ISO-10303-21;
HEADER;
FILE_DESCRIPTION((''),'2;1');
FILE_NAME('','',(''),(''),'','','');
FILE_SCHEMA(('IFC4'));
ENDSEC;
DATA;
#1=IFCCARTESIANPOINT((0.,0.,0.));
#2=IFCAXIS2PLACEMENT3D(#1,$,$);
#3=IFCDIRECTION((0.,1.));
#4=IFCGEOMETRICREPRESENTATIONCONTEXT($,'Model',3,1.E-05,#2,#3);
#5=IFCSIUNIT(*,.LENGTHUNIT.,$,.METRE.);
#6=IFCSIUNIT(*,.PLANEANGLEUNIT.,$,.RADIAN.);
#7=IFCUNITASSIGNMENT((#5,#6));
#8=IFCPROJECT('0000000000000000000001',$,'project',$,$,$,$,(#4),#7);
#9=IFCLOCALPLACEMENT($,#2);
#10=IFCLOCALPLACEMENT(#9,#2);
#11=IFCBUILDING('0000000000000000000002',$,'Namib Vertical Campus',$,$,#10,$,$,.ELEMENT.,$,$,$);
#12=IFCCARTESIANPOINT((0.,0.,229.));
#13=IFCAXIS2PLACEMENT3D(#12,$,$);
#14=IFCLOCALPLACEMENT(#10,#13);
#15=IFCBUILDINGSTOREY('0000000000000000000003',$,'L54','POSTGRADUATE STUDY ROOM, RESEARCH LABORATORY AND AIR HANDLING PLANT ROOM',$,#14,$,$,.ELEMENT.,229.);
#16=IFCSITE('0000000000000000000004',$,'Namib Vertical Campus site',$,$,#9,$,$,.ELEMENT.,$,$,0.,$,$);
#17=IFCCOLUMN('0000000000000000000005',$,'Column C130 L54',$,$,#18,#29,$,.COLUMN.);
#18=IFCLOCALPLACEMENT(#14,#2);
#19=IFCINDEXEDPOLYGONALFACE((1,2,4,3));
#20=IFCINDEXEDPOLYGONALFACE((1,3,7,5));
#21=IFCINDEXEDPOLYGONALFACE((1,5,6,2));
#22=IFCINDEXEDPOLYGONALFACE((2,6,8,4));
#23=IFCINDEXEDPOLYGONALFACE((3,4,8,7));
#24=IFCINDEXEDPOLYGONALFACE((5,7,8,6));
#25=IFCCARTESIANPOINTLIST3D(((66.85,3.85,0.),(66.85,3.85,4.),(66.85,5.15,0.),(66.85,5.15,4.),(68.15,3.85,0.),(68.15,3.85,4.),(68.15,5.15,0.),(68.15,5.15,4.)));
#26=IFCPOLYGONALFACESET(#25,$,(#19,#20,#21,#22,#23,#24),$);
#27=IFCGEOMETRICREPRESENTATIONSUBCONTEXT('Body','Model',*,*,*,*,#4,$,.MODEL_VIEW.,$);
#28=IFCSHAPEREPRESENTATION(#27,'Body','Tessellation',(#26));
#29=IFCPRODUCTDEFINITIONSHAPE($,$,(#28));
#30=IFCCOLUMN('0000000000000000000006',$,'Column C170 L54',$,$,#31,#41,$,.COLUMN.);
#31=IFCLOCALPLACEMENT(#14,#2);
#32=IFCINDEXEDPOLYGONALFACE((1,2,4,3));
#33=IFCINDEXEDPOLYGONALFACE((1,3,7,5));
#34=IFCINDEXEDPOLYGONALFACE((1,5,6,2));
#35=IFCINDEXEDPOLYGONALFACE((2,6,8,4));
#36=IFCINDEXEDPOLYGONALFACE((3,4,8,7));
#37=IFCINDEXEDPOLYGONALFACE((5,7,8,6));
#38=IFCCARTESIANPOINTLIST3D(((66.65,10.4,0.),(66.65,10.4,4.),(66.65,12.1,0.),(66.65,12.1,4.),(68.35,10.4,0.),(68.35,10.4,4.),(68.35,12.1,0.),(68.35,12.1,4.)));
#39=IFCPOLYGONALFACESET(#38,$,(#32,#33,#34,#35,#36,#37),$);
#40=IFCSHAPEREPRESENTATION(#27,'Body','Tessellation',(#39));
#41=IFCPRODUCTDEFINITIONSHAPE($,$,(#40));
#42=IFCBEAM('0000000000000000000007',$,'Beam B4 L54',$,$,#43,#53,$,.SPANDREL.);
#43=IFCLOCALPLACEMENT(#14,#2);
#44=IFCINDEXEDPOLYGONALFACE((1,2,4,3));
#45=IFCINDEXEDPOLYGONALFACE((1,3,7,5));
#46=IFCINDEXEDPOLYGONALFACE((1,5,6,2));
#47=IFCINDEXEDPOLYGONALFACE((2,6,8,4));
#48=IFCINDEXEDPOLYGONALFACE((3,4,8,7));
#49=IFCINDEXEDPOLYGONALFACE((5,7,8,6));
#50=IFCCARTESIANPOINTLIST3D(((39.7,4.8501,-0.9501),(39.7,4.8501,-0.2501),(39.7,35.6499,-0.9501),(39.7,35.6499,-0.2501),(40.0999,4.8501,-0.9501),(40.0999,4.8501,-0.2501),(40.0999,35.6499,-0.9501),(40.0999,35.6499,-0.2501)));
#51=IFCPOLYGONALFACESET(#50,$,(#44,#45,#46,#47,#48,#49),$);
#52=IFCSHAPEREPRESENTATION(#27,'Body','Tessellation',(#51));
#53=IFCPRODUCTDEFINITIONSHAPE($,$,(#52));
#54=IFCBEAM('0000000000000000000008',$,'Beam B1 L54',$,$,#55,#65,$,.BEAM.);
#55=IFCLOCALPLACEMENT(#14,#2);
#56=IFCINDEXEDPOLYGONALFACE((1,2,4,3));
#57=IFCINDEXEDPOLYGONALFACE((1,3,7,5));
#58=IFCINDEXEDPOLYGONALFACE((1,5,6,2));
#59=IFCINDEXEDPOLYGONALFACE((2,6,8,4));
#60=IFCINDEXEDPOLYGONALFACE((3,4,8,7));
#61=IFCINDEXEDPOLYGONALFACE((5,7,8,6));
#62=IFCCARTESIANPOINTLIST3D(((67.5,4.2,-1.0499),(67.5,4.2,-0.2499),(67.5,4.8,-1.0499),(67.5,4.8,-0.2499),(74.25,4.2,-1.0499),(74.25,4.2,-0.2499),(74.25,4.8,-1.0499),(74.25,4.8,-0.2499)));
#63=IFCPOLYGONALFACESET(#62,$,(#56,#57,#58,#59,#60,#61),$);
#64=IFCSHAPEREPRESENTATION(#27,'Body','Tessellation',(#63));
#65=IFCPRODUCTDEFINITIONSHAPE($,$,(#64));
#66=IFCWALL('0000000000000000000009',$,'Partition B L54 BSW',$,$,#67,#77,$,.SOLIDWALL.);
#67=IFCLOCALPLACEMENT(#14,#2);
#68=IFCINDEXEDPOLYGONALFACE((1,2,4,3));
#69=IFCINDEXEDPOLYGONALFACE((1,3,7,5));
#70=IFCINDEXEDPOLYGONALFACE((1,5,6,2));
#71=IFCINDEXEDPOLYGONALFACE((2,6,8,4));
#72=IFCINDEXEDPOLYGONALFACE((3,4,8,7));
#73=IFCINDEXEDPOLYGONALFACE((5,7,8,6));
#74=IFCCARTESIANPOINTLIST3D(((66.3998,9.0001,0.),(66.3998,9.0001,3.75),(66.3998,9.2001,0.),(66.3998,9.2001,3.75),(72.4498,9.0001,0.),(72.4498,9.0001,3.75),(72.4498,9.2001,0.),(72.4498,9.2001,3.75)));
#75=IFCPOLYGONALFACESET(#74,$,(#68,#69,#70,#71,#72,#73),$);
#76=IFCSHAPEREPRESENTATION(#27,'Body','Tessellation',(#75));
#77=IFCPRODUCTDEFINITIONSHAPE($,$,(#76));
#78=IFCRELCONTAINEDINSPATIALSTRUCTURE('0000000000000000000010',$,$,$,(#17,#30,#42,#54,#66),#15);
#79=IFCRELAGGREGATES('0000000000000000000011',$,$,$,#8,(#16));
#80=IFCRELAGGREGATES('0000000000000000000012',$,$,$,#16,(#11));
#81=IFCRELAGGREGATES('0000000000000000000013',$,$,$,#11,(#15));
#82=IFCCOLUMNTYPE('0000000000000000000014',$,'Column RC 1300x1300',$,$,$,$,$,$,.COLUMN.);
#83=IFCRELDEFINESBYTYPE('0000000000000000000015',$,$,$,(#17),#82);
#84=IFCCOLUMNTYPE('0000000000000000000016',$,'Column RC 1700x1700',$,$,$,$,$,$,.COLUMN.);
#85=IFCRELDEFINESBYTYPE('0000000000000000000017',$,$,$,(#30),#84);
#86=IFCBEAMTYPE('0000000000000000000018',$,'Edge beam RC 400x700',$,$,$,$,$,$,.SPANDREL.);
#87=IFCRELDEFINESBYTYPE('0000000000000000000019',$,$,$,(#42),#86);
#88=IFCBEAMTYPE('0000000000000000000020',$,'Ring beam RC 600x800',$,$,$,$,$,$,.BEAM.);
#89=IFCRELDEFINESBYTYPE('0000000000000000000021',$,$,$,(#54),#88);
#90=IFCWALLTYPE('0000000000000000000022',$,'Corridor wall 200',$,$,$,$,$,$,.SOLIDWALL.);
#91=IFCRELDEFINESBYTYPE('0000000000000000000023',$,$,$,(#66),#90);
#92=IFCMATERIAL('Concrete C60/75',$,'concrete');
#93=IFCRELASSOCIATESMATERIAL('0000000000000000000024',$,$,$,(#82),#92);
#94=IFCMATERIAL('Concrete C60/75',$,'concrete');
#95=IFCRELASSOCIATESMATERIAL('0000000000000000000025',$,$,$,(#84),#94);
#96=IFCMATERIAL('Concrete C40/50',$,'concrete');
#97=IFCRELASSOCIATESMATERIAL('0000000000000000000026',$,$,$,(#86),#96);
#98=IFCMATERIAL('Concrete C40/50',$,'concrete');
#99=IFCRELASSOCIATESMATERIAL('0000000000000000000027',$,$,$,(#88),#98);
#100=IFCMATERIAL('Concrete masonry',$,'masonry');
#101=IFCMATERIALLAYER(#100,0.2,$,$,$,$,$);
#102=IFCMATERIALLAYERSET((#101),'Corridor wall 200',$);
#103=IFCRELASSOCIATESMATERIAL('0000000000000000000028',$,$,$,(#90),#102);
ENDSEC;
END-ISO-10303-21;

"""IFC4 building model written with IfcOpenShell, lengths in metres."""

from ifc_helpers import new_model, si_unit, direction, frame, frame_2d, origin, origin_2d, place, context, subcontext, project, spatial, rectangle, extrude, material, layer, layer_set, material_profile, profile_set, type_object, element, save


model = new_model("IFC4")

# Units and contexts
model_context = context("Model", 3, precision=1e-05, world=origin(), true_north=direction((0.0, 1.0)))
body_context = subcontext(model_context, "Body", "Model", "MODEL_VIEW")
ifc_project = project(units=[si_unit("LENGTHUNIT", "METRE"), si_unit("PLANEANGLEUNIT", "RADIAN")], contexts=[model_context])

# Site, building, storey
site_placement = place(None, origin())
site = spatial("IfcSite", under=ifc_project, at=site_placement, Name="Namib Vertical Campus site", CompositionType="ELEMENT", RefElevation=0.0)
building_placement = place(site_placement, origin())
building = spatial("IfcBuilding", under=site, at=building_placement, Name="Namib Vertical Campus", CompositionType="ELEMENT")
storey_placement = place(building_placement, frame((0.0, 0.0, 229.0)))
storey = spatial("IfcBuildingStorey", under=building, at=storey_placement, Name="L54", Description="POSTGRADUATE STUDY ROOM, RESEARCH LABORATORY AND AIR HANDLING PLANT ROOM", CompositionType="ELEMENT", Elevation=229.0)

# Columns
ifc_material_1 = material(Name="Concrete C60/75", Category="concrete")
ifc_material_profile_1 = material_profile(ifc_material_1, rectangle(XDim=1.3, YDim=1.3, at=origin_2d()))
ifc_profile_set_1 = profile_set([ifc_material_profile_1], Name="Concrete C60/75")
column_type_1 = type_object("IfcColumnType", Name="Column RC 1300x1300", PredefinedType="COLUMN", material=ifc_profile_set_1)
column_1_placement = place(storey_placement, frame((67.5, 4.5, 0.0), z_axis=(0.0, 0.0, 1.0), x_axis=(1.0, 0.0, 0.0)))
element("IfcColumn", 1, at=column_1_placement, inside=storey, type_object=column_type_1, Name="Column C130 L54", PredefinedType="COLUMN", context=body_context, shape_type="SweptSolid", body=[
    extrude(rectangle(XDim=1.3, YDim=1.3, at=origin_2d()), origin(), (0.0, 0.0, 1.0), 4.0),
])
ifc_material_2 = material(Name="Concrete C60/75", Category="concrete")
ifc_material_profile_2 = material_profile(ifc_material_2, rectangle(XDim=1.7, YDim=1.7, at=origin_2d()))
ifc_profile_set_2 = profile_set([ifc_material_profile_2], Name="Concrete C60/75")
column_type_2 = type_object("IfcColumnType", Name="Column RC 1700x1700", PredefinedType="COLUMN", material=ifc_profile_set_2)
column_2_placement = place(storey_placement, frame((67.5, 11.25, 0.0), z_axis=(0.0, 0.0, 1.0), x_axis=(1.0, 0.0, 0.0)))
element("IfcColumn", 2, at=column_2_placement, inside=storey, type_object=column_type_2, Name="Column C170 L54", PredefinedType="COLUMN", context=body_context, shape_type="SweptSolid", body=[
    extrude(rectangle(XDim=1.7, YDim=1.7, at=origin_2d()), origin(), (0.0, 0.0, 1.0), 4.0),
])

# Beams
ifc_material_3 = material(Name="Concrete C40/50", Category="concrete")
ifc_material_profile_3 = material_profile(ifc_material_3, rectangle(XDim=0.3999, YDim=0.7, at=origin_2d()))
ifc_profile_set_3 = profile_set([ifc_material_profile_3], Name="Concrete C40/50")
beam_type_1 = type_object("IfcBeamType", Name="Edge beam RC 400x700", PredefinedType="SPANDREL", material=ifc_profile_set_3)
beam_1_placement = place(storey_placement, frame((39.8999, 4.8501, -0.6001), z_axis=(0.0, 1.0, 0.0), x_axis=(-1.0, 0.0, 0.0)))
element("IfcBeam", 3, at=beam_1_placement, inside=storey, type_object=beam_type_1, Name="Beam B4 L54", PredefinedType="SPANDREL", context=body_context, shape_type="SweptSolid", body=[
    extrude(rectangle(XDim=0.3999, YDim=0.7, at=origin_2d()), origin(), (0.0, 0.0, 1.0), 30.7998),
])
ifc_material_4 = material(Name="Concrete C40/50", Category="concrete")
ifc_material_profile_4 = material_profile(ifc_material_4, rectangle(XDim=0.6001, YDim=0.8, at=origin_2d()))
ifc_profile_set_4 = profile_set([ifc_material_profile_4], Name="Concrete C40/50")
beam_type_2 = type_object("IfcBeamType", Name="Ring beam RC 600x800", PredefinedType="BEAM", material=ifc_profile_set_4)
beam_2_placement = place(storey_placement, frame((67.5, 4.5, -0.6499), z_axis=(1.0, 0.0, 0.0), x_axis=(0.0, 1.0, 0.0)))
element("IfcBeam", 4, at=beam_2_placement, inside=storey, type_object=beam_type_2, Name="Beam B1 L54", PredefinedType="BEAM", context=body_context, shape_type="SweptSolid", body=[
    extrude(rectangle(XDim=0.6001, YDim=0.8, at=origin_2d()), origin(), (0.0, 0.0, 1.0), 6.75),
])

# Wall
ifc_material_5 = material(Name="Concrete masonry", Category="masonry")
ifc_layer_1 = layer(ifc_material_5, 0.2)
ifc_layer_set_1 = layer_set([ifc_layer_1], Name="Corridor wall 200")
wall_type_1 = type_object("IfcWallType", Name="Corridor wall 200", PredefinedType="SOLIDWALL", material=ifc_layer_set_1)
wall_1_placement = place(storey_placement, frame((66.3999, 9.1001, 0.0), z_axis=(0.0, 0.0, 1.0), x_axis=(1.0, 0.0, 0.0)))
element("IfcWall", 5, at=wall_1_placement, inside=storey, type_object=wall_type_1, Name="Partition B L54 BSW", PredefinedType="SOLIDWALL", context=body_context, shape_type="SweptSolid", body=[
    extrude(rectangle(XDim=6.05, YDim=0.2, at=frame_2d((3.0249, 0.0))), origin(), (0.0, 0.0, 1.0), 3.75),
])

save(model, "model.ifc")
